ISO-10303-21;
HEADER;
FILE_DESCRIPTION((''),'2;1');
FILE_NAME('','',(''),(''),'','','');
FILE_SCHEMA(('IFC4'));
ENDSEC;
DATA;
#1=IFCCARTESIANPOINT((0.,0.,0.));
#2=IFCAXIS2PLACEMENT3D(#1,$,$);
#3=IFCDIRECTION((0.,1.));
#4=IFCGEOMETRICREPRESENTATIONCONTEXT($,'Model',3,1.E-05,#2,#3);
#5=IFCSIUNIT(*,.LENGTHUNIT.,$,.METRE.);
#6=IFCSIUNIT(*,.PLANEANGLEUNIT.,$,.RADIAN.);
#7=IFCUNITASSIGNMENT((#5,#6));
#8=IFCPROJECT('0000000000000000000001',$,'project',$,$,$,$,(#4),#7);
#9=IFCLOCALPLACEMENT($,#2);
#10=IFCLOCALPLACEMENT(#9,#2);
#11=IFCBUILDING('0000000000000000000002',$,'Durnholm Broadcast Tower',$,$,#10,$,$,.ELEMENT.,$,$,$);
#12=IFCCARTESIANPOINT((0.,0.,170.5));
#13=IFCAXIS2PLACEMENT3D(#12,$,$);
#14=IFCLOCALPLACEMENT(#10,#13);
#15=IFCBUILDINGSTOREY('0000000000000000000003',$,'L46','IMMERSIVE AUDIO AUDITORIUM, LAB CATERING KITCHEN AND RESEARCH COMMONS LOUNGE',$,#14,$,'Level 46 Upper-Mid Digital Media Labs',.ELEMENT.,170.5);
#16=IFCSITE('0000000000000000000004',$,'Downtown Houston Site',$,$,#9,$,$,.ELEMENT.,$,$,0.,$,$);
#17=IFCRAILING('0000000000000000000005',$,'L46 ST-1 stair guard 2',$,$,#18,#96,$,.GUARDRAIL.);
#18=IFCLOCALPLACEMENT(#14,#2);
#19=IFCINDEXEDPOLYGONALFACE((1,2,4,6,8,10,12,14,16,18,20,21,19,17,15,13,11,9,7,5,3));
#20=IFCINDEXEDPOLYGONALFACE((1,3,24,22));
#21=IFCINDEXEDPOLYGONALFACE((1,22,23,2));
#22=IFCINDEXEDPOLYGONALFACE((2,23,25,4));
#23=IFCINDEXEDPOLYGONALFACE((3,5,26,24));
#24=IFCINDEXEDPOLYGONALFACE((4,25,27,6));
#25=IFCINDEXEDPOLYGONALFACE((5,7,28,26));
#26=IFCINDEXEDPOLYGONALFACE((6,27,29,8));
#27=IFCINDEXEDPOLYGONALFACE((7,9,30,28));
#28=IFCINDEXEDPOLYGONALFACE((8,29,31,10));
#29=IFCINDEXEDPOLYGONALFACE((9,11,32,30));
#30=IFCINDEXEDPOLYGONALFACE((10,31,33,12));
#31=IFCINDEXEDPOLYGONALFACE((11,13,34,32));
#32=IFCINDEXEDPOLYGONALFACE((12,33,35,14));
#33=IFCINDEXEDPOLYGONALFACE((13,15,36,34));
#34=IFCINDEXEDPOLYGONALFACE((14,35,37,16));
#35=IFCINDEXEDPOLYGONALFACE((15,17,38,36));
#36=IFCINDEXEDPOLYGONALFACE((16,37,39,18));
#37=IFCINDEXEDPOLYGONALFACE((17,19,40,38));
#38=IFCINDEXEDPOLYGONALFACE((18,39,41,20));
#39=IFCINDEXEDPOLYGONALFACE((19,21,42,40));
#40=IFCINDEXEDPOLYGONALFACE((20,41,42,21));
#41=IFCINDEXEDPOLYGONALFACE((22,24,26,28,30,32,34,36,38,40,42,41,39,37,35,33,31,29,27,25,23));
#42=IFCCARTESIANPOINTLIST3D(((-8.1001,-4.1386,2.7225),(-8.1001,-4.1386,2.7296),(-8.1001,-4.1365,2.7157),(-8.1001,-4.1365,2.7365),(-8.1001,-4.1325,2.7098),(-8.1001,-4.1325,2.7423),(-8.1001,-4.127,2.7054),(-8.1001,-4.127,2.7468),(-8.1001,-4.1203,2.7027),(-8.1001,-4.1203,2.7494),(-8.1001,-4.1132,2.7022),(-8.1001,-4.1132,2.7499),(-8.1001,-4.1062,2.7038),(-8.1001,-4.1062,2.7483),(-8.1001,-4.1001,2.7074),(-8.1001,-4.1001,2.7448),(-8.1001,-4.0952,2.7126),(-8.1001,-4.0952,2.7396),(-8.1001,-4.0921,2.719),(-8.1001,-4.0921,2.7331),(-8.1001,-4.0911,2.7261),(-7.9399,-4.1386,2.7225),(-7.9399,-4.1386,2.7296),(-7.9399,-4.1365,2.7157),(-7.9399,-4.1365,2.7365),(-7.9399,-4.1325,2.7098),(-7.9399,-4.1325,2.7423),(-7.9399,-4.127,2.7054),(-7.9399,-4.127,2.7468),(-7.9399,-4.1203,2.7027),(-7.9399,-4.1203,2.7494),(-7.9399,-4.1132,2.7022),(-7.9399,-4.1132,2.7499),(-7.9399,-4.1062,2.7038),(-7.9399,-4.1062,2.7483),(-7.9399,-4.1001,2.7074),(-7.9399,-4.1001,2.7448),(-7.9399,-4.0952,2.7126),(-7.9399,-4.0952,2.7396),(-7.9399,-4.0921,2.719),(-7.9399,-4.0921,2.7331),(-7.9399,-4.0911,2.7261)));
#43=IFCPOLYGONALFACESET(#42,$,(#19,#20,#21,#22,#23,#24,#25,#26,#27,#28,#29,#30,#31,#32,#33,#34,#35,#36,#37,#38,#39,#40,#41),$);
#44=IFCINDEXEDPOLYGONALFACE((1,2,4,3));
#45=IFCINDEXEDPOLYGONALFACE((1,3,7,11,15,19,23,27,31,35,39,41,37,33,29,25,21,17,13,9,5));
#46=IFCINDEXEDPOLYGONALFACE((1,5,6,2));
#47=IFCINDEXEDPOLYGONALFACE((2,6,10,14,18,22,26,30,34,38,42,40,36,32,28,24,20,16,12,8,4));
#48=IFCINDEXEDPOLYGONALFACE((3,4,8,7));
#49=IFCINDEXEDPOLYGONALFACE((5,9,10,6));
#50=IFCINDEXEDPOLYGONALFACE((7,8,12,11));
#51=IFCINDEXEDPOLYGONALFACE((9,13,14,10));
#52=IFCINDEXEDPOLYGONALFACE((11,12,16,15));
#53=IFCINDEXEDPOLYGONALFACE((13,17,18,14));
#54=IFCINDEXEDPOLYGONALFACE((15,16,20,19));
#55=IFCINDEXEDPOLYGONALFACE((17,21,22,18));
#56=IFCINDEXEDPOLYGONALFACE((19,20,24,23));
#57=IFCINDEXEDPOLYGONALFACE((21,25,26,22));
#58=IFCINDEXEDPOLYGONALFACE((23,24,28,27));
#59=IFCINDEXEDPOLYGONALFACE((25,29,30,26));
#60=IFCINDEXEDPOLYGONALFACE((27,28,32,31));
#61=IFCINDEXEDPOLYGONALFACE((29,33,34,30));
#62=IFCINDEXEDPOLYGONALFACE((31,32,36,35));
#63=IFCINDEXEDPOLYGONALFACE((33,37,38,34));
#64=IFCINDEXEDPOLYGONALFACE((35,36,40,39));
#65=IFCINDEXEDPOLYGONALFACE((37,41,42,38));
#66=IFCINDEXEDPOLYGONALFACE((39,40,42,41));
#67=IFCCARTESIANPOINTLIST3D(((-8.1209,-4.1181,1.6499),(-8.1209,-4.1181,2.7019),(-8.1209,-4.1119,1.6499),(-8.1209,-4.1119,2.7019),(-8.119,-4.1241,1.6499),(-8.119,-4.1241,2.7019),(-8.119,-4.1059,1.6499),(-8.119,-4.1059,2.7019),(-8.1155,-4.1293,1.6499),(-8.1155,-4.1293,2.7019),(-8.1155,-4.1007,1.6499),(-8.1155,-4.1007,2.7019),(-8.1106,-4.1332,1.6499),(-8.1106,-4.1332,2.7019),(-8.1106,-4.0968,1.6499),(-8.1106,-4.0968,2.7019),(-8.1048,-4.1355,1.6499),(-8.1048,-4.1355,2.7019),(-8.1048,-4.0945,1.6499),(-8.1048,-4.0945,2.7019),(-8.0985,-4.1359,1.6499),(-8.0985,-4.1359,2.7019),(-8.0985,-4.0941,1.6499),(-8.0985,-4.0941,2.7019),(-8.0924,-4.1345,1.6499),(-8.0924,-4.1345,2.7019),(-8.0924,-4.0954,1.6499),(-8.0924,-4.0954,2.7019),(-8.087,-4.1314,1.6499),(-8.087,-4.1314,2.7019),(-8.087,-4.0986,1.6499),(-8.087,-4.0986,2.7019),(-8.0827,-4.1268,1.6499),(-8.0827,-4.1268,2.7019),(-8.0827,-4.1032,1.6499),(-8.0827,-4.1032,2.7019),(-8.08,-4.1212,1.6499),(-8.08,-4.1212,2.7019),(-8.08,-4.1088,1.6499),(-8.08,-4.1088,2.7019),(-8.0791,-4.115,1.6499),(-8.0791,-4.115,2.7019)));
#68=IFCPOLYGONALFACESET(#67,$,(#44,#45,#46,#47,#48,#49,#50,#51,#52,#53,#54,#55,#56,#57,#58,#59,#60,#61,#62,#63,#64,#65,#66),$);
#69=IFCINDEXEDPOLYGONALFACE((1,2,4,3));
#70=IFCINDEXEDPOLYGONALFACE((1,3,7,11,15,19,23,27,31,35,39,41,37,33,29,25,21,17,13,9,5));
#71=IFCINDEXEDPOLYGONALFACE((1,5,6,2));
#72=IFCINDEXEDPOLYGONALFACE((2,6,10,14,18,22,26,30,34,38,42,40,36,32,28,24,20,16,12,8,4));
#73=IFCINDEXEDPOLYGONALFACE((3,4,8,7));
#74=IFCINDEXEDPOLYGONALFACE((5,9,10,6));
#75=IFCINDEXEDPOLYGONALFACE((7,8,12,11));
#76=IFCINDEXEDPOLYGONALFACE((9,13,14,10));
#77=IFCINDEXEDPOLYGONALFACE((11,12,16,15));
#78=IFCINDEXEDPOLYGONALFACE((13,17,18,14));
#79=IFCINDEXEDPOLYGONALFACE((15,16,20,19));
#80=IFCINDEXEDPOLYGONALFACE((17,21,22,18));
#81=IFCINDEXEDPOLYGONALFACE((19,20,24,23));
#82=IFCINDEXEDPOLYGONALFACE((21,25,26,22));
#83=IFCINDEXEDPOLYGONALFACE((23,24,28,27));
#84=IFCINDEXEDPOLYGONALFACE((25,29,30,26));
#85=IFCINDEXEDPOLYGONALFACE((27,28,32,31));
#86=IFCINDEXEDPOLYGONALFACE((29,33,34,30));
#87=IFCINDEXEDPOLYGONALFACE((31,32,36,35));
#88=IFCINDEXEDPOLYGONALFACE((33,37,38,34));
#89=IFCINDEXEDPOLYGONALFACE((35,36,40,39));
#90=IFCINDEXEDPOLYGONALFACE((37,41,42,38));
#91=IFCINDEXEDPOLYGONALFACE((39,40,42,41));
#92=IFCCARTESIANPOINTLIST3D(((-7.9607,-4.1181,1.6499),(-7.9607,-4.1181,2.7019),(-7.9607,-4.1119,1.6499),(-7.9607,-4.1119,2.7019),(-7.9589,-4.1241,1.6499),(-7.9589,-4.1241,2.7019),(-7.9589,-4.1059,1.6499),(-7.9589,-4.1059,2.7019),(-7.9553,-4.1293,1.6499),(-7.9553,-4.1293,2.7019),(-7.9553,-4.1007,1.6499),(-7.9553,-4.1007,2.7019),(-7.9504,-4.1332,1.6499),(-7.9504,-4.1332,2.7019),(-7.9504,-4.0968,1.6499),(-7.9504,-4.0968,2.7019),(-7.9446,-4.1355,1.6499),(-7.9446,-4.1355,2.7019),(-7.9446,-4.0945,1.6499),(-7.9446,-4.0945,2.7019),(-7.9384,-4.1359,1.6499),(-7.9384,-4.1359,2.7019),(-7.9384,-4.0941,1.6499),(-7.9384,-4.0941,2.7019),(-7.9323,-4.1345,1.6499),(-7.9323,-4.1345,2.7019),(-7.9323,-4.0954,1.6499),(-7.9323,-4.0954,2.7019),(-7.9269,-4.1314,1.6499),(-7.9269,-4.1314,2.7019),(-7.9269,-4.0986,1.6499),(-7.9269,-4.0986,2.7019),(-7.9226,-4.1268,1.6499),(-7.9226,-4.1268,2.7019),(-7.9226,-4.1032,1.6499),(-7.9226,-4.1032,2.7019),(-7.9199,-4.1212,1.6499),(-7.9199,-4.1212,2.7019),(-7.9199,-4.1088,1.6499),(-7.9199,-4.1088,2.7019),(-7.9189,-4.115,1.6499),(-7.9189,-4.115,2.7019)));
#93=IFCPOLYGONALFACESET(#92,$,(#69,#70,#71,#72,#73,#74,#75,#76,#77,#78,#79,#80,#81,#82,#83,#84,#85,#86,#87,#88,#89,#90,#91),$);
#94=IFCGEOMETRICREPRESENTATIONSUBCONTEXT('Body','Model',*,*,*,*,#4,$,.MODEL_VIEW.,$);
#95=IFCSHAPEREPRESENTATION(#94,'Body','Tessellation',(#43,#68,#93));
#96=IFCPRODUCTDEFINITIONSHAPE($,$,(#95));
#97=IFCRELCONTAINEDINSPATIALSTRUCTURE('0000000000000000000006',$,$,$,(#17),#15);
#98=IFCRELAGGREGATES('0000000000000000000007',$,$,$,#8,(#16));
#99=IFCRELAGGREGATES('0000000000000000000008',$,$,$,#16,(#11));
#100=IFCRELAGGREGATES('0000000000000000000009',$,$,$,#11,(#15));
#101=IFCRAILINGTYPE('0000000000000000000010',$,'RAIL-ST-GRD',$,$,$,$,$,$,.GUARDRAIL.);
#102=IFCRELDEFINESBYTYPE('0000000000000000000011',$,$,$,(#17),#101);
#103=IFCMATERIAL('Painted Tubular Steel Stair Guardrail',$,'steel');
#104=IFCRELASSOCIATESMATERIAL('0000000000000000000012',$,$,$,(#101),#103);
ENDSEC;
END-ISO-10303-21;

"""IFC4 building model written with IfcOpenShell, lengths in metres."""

from ifc_helpers import new_model, si_unit, direction, frame, origin, origin_2d, place, context, subcontext, project, spatial, circle, extrude, material, type_object, element, save


model = new_model("IFC4")

# Units and contexts
model_context = context("Model", 3, precision=1e-05, world=origin(), true_north=direction((0.0, 1.0)))
body_context = subcontext(model_context, "Body", "Model", "MODEL_VIEW")
ifc_project = project(units=[si_unit("LENGTHUNIT", "METRE"), si_unit("PLANEANGLEUNIT", "RADIAN")], contexts=[model_context])

# Site, building, storey
site_placement = place(None, origin())
site = spatial("IfcSite", under=ifc_project, at=site_placement, Name="Downtown Houston Site", CompositionType="ELEMENT", RefElevation=0.0)
building_placement = place(site_placement, origin())
building = spatial("IfcBuilding", under=site, at=building_placement, Name="Durnholm Broadcast Tower", CompositionType="ELEMENT")
storey_placement = place(building_placement, frame((0.0, 0.0, 170.5)))
storey = spatial("IfcBuildingStorey", under=building, at=storey_placement, Name="L46", Description="IMMERSIVE AUDIO AUDITORIUM, LAB CATERING KITCHEN AND RESEARCH COMMONS LOUNGE", LongName="Level 46 Upper-Mid Digital Media Labs", CompositionType="ELEMENT", Elevation=170.5)

# Railing
ifc_material_1 = material(Name="Painted Tubular Steel Stair Guardrail", Category="steel")
railing_type_1 = type_object("IfcRailingType", Name="RAIL-ST-GRD", PredefinedType="GUARDRAIL", material=ifc_material_1)
railing_1_placement = place(storey_placement, frame((-8.1001, -4.115, 1.6499)))
element("IfcRailing", 1, at=railing_1_placement, inside=storey, type_object=railing_type_1, Name="L46 ST-1 stair guard 2", PredefinedType="GUARDRAIL", context=body_context, shape_type="SweptSolid", body=[
    extrude(circle(Radius=0.0239, at=origin_2d()), frame((0.0, 0.0, 1.0762), z_axis=(1.0, 0.0, 0.0), x_axis=(0.0, 1.0, 0.0)), (0.0, 0.0, 1.0), 0.1602),
    extrude(circle(Radius=0.021, at=origin_2d()), origin(), (0.0, 0.0, 1.0), 1.052),
    extrude(circle(Radius=0.021, at=origin_2d()), frame((0.1602, 0.0, 0.0)), (0.0, 0.0, 1.0), 1.052),
])

save(model, "model.ifc")
